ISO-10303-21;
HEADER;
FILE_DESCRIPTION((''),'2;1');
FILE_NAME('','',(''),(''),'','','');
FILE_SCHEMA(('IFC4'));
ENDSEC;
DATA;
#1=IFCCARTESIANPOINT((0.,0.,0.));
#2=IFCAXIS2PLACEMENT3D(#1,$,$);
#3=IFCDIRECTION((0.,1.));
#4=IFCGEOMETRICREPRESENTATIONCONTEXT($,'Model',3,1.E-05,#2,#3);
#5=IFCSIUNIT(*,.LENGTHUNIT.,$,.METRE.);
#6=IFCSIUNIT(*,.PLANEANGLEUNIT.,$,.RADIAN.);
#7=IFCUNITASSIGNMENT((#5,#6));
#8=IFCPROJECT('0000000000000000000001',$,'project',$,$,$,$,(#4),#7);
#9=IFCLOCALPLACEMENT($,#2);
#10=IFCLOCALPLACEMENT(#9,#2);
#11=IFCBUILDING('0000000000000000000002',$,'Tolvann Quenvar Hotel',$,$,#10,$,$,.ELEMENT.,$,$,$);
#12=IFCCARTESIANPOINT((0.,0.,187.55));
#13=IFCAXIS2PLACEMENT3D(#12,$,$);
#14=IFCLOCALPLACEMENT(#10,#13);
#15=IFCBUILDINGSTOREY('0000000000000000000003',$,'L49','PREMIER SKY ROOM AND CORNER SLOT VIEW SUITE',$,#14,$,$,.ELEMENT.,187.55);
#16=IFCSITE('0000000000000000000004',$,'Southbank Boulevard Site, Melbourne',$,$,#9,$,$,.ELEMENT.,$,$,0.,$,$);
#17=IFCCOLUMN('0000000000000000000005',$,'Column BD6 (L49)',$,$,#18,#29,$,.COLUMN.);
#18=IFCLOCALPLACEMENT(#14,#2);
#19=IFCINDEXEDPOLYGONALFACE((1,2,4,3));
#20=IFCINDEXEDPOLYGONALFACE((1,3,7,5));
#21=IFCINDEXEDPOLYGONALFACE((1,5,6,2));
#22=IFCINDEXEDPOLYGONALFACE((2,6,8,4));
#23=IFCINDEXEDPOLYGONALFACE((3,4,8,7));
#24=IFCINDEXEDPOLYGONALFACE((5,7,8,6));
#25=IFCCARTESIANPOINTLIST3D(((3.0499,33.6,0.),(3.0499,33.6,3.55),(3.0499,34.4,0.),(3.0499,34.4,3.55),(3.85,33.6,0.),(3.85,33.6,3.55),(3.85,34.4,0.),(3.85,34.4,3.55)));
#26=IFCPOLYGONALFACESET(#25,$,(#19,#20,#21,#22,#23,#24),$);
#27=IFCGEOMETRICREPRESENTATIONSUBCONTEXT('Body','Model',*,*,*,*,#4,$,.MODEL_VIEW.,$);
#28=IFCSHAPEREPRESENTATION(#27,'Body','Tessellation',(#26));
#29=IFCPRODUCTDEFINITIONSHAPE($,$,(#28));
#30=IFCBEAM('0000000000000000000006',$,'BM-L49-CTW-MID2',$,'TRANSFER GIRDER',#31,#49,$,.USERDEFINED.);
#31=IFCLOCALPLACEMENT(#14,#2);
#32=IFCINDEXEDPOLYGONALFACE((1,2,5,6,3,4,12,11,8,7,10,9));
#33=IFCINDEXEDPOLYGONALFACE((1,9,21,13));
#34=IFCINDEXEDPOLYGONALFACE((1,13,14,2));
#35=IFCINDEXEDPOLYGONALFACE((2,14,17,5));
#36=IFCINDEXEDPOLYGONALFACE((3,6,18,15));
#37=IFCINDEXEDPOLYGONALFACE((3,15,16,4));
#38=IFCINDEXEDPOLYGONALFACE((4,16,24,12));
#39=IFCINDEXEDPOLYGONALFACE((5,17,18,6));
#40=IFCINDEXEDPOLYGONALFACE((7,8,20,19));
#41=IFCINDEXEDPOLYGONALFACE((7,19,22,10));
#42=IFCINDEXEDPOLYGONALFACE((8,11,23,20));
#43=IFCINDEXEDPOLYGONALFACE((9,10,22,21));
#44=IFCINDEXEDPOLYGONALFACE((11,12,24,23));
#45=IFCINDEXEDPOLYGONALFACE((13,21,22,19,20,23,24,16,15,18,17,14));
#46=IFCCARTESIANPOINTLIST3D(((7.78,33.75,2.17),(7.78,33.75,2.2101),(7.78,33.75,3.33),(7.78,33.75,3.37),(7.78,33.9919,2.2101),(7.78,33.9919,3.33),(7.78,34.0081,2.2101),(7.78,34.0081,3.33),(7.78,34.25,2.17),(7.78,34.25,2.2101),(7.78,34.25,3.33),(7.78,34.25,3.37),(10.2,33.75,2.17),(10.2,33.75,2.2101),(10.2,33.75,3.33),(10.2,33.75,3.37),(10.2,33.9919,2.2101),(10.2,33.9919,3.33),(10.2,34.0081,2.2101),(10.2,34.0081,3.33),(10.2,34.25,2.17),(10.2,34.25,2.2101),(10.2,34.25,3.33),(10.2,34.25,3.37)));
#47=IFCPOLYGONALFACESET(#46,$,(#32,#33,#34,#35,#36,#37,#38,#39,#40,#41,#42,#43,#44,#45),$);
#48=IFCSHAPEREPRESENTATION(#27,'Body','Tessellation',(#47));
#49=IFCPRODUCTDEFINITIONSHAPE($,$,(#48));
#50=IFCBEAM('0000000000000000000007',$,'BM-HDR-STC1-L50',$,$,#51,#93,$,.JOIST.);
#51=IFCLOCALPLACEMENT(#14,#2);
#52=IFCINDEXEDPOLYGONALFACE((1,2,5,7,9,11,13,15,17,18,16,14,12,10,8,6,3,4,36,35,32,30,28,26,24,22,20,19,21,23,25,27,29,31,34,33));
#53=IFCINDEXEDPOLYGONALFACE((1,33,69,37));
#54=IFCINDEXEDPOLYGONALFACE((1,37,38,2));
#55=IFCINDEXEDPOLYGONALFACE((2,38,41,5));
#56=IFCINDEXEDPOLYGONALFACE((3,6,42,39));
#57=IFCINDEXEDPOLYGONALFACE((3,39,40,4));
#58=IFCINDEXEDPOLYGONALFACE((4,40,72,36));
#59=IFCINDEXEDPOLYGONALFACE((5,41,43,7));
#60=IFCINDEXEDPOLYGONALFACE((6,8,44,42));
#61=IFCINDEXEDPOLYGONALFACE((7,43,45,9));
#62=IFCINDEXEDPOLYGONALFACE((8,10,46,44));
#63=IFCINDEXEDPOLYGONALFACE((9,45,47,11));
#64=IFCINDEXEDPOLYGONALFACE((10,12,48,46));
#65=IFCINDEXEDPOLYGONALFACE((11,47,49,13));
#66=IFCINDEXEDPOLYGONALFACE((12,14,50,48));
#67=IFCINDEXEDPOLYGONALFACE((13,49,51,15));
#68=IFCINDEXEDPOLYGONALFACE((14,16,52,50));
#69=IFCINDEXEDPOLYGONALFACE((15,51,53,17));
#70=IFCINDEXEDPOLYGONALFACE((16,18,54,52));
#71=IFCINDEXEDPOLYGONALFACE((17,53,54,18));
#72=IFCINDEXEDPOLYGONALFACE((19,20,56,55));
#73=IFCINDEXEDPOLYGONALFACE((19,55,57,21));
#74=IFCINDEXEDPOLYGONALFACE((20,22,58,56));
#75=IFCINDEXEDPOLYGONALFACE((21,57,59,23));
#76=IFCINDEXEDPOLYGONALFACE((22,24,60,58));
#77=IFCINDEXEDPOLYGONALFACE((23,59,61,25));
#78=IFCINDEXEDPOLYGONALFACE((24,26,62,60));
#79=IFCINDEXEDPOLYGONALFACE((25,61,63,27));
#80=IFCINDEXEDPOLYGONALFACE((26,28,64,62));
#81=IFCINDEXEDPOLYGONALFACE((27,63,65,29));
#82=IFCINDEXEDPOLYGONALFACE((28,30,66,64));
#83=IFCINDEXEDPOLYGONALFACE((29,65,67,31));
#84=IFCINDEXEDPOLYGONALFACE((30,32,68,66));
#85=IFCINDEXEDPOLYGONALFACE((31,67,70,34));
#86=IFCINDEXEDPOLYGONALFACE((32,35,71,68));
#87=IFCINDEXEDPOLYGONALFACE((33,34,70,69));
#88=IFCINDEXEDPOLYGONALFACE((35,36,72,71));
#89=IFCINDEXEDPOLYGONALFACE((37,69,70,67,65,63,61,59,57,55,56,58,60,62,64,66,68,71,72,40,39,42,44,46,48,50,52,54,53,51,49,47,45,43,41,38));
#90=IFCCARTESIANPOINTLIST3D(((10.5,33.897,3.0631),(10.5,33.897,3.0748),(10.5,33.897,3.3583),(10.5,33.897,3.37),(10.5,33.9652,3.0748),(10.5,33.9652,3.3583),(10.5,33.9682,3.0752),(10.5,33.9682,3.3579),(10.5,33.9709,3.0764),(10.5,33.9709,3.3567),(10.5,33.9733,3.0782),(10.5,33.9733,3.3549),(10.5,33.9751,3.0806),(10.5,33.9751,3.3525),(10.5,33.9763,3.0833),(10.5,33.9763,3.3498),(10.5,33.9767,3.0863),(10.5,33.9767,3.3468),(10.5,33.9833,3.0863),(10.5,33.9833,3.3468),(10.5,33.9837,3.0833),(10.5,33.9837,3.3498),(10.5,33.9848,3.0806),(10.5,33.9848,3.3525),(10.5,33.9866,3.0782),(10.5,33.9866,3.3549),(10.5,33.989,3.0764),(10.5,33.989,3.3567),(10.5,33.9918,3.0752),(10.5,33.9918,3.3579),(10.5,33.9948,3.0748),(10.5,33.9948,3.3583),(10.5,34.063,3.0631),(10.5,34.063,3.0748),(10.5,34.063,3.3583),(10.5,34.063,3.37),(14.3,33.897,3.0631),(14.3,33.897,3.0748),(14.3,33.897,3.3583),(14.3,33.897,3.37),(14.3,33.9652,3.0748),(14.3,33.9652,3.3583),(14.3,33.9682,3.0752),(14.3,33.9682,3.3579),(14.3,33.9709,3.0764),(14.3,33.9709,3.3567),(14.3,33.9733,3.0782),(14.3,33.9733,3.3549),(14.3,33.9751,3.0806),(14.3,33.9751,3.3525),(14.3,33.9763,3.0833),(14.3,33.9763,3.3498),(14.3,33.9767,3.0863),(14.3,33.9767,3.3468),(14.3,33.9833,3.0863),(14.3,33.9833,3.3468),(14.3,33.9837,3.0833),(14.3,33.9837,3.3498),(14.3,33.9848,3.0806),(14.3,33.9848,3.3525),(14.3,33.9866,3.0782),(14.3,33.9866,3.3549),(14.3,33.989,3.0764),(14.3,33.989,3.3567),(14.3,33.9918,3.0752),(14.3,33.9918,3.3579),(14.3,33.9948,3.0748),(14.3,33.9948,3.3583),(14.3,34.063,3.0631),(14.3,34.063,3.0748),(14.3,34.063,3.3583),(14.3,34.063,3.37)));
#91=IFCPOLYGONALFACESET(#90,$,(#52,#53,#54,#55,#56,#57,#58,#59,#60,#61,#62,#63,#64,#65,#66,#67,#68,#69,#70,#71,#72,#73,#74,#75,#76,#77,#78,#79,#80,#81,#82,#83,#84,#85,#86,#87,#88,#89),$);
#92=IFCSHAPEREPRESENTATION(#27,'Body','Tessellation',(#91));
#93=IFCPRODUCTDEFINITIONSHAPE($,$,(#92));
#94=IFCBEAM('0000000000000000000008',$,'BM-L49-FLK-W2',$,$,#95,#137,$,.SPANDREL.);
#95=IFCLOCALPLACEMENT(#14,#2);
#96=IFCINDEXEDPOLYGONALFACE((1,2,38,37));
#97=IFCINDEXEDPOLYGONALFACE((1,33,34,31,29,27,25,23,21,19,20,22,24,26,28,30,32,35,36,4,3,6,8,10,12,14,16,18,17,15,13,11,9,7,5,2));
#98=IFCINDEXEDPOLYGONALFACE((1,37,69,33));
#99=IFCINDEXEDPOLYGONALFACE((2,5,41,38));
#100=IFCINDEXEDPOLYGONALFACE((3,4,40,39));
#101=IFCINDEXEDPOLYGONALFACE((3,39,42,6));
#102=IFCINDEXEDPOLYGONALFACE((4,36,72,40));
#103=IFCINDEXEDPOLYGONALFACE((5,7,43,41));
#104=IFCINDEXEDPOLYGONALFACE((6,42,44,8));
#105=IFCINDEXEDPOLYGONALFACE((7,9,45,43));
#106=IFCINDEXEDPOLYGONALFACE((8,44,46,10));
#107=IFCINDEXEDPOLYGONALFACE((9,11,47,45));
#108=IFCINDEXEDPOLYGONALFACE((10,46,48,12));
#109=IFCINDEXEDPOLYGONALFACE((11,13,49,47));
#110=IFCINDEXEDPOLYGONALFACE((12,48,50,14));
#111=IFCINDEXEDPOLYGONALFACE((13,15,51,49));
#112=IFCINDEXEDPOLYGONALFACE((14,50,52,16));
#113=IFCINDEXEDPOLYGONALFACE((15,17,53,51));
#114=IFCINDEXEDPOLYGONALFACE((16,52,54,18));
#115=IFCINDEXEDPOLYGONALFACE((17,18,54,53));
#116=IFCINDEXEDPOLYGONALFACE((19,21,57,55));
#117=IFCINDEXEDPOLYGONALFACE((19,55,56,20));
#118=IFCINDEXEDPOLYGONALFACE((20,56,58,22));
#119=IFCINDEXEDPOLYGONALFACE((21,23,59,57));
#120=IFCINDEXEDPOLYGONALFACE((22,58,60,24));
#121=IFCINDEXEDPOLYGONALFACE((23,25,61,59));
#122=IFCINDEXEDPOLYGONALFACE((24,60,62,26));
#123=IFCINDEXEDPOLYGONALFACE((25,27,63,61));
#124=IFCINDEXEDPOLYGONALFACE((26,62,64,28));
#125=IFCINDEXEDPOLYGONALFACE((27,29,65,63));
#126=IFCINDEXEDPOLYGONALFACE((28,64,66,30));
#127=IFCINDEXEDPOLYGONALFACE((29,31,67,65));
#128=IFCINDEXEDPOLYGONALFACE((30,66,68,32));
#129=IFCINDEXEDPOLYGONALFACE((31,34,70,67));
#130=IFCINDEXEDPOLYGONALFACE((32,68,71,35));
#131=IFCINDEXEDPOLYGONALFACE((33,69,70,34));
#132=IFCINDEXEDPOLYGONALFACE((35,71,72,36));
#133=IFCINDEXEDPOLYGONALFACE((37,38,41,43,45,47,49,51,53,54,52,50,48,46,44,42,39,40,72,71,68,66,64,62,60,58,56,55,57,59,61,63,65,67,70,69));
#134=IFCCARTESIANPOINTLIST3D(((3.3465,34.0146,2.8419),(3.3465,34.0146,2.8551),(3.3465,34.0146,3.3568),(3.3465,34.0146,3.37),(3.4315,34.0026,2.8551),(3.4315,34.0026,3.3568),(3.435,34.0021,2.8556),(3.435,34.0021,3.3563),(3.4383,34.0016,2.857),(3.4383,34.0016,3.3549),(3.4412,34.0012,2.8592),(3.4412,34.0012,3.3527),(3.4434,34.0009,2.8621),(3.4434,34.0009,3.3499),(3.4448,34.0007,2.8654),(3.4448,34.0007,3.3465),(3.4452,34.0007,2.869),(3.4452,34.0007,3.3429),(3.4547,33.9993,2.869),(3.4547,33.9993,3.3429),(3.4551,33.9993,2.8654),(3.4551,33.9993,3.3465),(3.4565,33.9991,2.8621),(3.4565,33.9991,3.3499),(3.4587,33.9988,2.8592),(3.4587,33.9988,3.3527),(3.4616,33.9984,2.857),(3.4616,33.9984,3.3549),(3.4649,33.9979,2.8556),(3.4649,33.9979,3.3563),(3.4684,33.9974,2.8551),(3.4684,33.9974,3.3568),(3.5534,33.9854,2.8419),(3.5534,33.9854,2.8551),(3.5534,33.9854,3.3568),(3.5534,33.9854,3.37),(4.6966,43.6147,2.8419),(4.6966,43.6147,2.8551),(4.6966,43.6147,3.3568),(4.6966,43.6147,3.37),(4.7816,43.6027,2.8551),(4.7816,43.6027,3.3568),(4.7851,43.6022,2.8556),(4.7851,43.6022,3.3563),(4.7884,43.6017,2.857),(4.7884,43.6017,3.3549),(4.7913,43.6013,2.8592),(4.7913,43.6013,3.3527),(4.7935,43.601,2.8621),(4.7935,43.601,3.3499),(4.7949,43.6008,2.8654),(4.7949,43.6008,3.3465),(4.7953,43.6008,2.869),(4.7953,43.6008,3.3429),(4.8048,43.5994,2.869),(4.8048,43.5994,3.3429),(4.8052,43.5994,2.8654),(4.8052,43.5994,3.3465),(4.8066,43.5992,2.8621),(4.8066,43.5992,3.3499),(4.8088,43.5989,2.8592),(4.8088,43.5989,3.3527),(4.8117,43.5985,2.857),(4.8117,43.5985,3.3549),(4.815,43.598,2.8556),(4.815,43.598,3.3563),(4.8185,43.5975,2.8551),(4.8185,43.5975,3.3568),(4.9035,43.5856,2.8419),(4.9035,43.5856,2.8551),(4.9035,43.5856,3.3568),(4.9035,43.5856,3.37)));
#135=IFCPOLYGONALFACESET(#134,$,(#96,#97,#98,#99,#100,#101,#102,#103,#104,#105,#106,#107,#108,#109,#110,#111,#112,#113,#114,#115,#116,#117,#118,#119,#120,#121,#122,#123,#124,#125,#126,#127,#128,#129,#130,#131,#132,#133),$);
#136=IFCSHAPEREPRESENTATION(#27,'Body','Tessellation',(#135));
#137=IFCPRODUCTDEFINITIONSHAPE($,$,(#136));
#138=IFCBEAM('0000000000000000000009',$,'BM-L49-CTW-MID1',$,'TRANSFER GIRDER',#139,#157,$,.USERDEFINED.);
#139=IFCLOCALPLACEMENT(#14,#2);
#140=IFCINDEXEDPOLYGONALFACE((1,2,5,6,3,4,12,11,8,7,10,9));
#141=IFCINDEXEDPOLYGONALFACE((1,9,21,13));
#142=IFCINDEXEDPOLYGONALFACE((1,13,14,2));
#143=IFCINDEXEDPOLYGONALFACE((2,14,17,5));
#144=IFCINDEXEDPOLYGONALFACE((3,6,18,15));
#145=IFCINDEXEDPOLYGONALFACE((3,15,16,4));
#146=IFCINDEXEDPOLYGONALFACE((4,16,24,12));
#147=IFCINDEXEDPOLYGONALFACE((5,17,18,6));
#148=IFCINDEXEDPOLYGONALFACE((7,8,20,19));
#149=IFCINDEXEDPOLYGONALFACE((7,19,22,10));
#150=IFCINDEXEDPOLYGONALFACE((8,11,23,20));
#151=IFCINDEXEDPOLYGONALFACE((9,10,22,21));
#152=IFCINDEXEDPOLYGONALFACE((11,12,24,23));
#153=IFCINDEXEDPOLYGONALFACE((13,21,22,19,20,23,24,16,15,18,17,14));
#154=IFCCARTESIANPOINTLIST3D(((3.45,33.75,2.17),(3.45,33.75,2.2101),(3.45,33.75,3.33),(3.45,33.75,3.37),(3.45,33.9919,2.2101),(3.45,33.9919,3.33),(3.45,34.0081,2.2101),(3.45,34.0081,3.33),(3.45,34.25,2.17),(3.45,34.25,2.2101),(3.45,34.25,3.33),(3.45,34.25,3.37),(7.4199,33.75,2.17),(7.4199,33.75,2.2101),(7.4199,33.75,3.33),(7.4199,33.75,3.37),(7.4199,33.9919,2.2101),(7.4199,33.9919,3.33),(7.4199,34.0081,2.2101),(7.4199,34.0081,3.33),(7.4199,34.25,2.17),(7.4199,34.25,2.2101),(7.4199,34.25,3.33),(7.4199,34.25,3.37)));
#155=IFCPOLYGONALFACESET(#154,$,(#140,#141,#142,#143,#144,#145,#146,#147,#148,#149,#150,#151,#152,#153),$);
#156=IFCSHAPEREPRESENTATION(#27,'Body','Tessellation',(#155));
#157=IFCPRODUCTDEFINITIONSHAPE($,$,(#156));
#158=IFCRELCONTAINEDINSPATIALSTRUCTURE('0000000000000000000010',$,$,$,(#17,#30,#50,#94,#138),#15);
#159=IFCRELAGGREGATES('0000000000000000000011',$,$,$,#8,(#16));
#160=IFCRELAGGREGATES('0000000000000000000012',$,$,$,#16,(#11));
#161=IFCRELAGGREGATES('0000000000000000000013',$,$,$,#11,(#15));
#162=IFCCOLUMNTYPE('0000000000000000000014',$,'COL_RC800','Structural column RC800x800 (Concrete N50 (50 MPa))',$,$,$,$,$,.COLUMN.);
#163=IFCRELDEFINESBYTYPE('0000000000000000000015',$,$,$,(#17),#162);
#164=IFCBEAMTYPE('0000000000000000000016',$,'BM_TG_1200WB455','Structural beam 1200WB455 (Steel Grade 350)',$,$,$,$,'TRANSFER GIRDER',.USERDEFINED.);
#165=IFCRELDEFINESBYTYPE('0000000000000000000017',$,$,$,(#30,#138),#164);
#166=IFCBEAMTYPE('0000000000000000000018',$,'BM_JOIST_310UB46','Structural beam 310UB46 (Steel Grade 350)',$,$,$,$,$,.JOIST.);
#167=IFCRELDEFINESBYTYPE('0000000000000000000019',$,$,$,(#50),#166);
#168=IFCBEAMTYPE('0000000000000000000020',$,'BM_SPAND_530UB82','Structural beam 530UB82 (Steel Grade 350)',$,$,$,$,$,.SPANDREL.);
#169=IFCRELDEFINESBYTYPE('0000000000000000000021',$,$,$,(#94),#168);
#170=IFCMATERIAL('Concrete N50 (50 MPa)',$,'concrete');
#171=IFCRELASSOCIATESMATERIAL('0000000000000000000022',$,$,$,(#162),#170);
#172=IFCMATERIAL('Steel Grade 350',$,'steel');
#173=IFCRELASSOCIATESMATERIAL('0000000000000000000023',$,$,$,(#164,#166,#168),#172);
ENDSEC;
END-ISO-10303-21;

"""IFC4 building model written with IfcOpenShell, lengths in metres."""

from ifc_helpers import new_model, si_unit, direction, frame, origin, origin_2d, place, context, subcontext, project, spatial, rectangle, i_section, extrude, source, transform, mapped, material, material_profile, profile_set, type_object, type_shapes, element, save


model = new_model("IFC4")

# Units and contexts
model_context = context("Model", 3, precision=1e-05, world=origin(), true_north=direction((0.0, 1.0)))
body_context = subcontext(model_context, "Body", "Model", "MODEL_VIEW")
ifc_project = project(units=[si_unit("LENGTHUNIT", "METRE"), si_unit("PLANEANGLEUNIT", "RADIAN")], contexts=[model_context])

# Site, building, storey
site_placement = place(None, origin())
site = spatial("IfcSite", under=ifc_project, at=site_placement, Name="Southbank Boulevard Site, Melbourne", CompositionType="ELEMENT", RefElevation=0.0)
building_placement = place(site_placement, origin())
building = spatial("IfcBuilding", under=site, at=building_placement, Name="Tolvann Quenvar Hotel", CompositionType="ELEMENT")
storey_placement = place(building_placement, frame((0.0, 0.0, 187.55)))
storey = spatial("IfcBuildingStorey", under=building, at=storey_placement, Name="L49", Description="PREMIER SKY ROOM AND CORNER SLOT VIEW SUITE", CompositionType="ELEMENT", Elevation=187.55)

# Column
ifc_material_1 = material(Name="Concrete N50 (50 MPa)", Category="concrete")
ifc_material_profile_1 = material_profile(ifc_material_1, rectangle(XDim=0.8, YDim=0.8, at=origin_2d()), Name="RC800x800")
ifc_profile_set_1 = profile_set([ifc_material_profile_1], Name="Concrete N50 (50 MPa)")
column_type = type_object("IfcColumnType", Name="COL_RC800", Description="Structural column RC800x800 (Concrete N50 (50 MPa))", PredefinedType="COLUMN", material=ifc_profile_set_1)
shared_shape_1 = source(origin(), body_context, "Body", "SweptSolid", [
    extrude(rectangle(XDim=0.8, YDim=0.8, at=origin_2d()), origin(), (0.0, 0.0, 1.0), 3.55),
])
type_shapes(column_type, [shared_shape_1])
column_placement = place(storey_placement, frame((3.45, 34.0, 0.0), z_axis=(0.0, 0.0, 1.0), x_axis=(1.0, 0.0, 0.0)))
element("IfcColumn", 1, at=column_placement, inside=storey, type_object=column_type, Name="Column BD6 (L49)", PredefinedType="COLUMN", context=body_context, shape_type="MappedRepresentation", body=[
    mapped(shared_shape_1, transform((0.0, 0.0, 0.0), x_axis=(1.0, 0.0, 0.0), y_axis=(0.0, 1.0, 0.0), z_axis=(0.0, 0.0, 1.0), scale=1.0)),
])

# Beams
ifc_material_2 = material(Name="Steel Grade 350", Category="steel")
ifc_material_profile_2 = material_profile(ifc_material_2, i_section(OverallWidth=0.5, OverallDepth=1.2, WebThickness=0.0161, FlangeThickness=0.04, at=origin_2d()), Name="1200WB455")
ifc_profile_set_2 = profile_set([ifc_material_profile_2], Name="Steel Grade 350")
beam_type_1 = type_object("IfcBeamType", Name="BM_TG_1200WB455", Description="Structural beam 1200WB455 (Steel Grade 350)", ElementType="TRANSFER GIRDER", PredefinedType="USERDEFINED", material=ifc_profile_set_2)
shared_shape_2 = source(origin(), body_context, "Body", "SweptSolid", [
    extrude(i_section(OverallWidth=0.5, OverallDepth=1.2, WebThickness=0.0161, FlangeThickness=0.04, at=origin_2d()), origin(), (0.0, 0.0, 1.0), 2.4199),
])
beam_1_placement = place(storey_placement, frame((7.78, 34.0, 2.77), z_axis=(1.0, 0.0, 0.0), x_axis=(0.0, 1.0, 0.0)))
element("IfcBeam", 2, at=beam_1_placement, inside=storey, type_object=beam_type_1, Name="BM-L49-CTW-MID2", ObjectType="TRANSFER GIRDER", PredefinedType="USERDEFINED", context=body_context, shape_type="MappedRepresentation", body=[
    mapped(shared_shape_2, transform((0.0, 0.0, 0.0), x_axis=(1.0, 0.0, 0.0), y_axis=(0.0, 1.0, 0.0), z_axis=(0.0, 0.0, 1.0), scale=1.0)),
])
ifc_material_profile_3 = material_profile(ifc_material_2, i_section(OverallWidth=0.166, OverallDepth=0.3069, WebThickness=0.0066, FlangeThickness=0.0117, FilletRadius=0.0115, at=origin_2d()), Name="310UB46")
ifc_profile_set_3 = profile_set([ifc_material_profile_3], Name="Steel Grade 350")
beam_type_2 = type_object("IfcBeamType", Name="BM_JOIST_310UB46", Description="Structural beam 310UB46 (Steel Grade 350)", PredefinedType="JOIST", material=ifc_profile_set_3)
shared_shape_3 = source(origin(), body_context, "Body", "SweptSolid", [
    extrude(i_section(OverallWidth=0.166, OverallDepth=0.3069, WebThickness=0.0066, FlangeThickness=0.0117, FilletRadius=0.0115, at=origin_2d()), origin(), (0.0, 0.0, 1.0), 3.8),
])
type_shapes(beam_type_2, [shared_shape_3])
beam_2_placement = place(storey_placement, frame((10.5, 33.98, 3.2166), z_axis=(1.0, 0.0, 0.0), x_axis=(0.0, 1.0, 0.0)))
element("IfcBeam", 3, at=beam_2_placement, inside=storey, type_object=beam_type_2, Name="BM-HDR-STC1-L50", PredefinedType="JOIST", context=body_context, shape_type="MappedRepresentation", body=[
    mapped(shared_shape_3, transform((0.0, 0.0, 0.0), x_axis=(1.0, 0.0, 0.0), y_axis=(0.0, 1.0, 0.0), z_axis=(0.0, 0.0, 1.0), scale=1.0)),
])
ifc_material_profile_4 = material_profile(ifc_material_2, i_section(OverallWidth=0.209, OverallDepth=0.5281, WebThickness=0.0095, FlangeThickness=0.0132, FilletRadius=0.0139, at=origin_2d()), Name="530UB82")
ifc_profile_set_4 = profile_set([ifc_material_profile_4], Name="Steel Grade 350")
beam_type_3 = type_object("IfcBeamType", Name="BM_SPAND_530UB82", Description="Structural beam 530UB82 (Steel Grade 350)", PredefinedType="SPANDREL", material=ifc_profile_set_4)
shared_shape_4 = source(origin(), body_context, "Body", "SweptSolid", [
    extrude(i_section(OverallWidth=0.209, OverallDepth=0.5281, WebThickness=0.0095, FlangeThickness=0.0132, FilletRadius=0.0139, at=origin_2d()), origin(), (0.0, 0.0, 1.0), 9.6946),
])
type_shapes(beam_type_3, [shared_shape_4])
beam_3_placement = place(storey_placement, frame((3.45, 34.0, 3.106), z_axis=(0.139263, 0.990255, 0.0), x_axis=(-0.990255, 0.139263, 0.0)))
element("IfcBeam", 4, at=beam_3_placement, inside=storey, type_object=beam_type_3, Name="BM-L49-FLK-W2", PredefinedType="SPANDREL", context=body_context, shape_type="MappedRepresentation", body=[
    mapped(shared_shape_4, transform((0.0, 0.0, 0.0), x_axis=(1.0, 0.0, 0.0), y_axis=(0.0, 1.0, 0.0), z_axis=(0.0, 0.0, 1.0), scale=1.0)),
])
shared_shape_5 = source(origin(), body_context, "Body", "SweptSolid", [
    extrude(i_section(OverallWidth=0.5, OverallDepth=1.2, WebThickness=0.0161, FlangeThickness=0.04, at=origin_2d()), origin(), (0.0, 0.0, 1.0), 3.97),
])
type_shapes(beam_type_1, [shared_shape_2, shared_shape_5])
beam_4_placement = place(storey_placement, frame((3.45, 34.0, 2.77), z_axis=(1.0, 0.0, 0.0), x_axis=(0.0, 1.0, 0.0)))
element("IfcBeam", 5, at=beam_4_placement, inside=storey, type_object=beam_type_1, Name="BM-L49-CTW-MID1", ObjectType="TRANSFER GIRDER", PredefinedType="USERDEFINED", context=body_context, shape_type="MappedRepresentation", body=[
    mapped(shared_shape_5, transform((0.0, 0.0, 0.0), x_axis=(1.0, 0.0, 0.0), y_axis=(0.0, 1.0, 0.0), z_axis=(0.0, 0.0, 1.0), scale=1.0)),
])

save(model, "model.ifc")
